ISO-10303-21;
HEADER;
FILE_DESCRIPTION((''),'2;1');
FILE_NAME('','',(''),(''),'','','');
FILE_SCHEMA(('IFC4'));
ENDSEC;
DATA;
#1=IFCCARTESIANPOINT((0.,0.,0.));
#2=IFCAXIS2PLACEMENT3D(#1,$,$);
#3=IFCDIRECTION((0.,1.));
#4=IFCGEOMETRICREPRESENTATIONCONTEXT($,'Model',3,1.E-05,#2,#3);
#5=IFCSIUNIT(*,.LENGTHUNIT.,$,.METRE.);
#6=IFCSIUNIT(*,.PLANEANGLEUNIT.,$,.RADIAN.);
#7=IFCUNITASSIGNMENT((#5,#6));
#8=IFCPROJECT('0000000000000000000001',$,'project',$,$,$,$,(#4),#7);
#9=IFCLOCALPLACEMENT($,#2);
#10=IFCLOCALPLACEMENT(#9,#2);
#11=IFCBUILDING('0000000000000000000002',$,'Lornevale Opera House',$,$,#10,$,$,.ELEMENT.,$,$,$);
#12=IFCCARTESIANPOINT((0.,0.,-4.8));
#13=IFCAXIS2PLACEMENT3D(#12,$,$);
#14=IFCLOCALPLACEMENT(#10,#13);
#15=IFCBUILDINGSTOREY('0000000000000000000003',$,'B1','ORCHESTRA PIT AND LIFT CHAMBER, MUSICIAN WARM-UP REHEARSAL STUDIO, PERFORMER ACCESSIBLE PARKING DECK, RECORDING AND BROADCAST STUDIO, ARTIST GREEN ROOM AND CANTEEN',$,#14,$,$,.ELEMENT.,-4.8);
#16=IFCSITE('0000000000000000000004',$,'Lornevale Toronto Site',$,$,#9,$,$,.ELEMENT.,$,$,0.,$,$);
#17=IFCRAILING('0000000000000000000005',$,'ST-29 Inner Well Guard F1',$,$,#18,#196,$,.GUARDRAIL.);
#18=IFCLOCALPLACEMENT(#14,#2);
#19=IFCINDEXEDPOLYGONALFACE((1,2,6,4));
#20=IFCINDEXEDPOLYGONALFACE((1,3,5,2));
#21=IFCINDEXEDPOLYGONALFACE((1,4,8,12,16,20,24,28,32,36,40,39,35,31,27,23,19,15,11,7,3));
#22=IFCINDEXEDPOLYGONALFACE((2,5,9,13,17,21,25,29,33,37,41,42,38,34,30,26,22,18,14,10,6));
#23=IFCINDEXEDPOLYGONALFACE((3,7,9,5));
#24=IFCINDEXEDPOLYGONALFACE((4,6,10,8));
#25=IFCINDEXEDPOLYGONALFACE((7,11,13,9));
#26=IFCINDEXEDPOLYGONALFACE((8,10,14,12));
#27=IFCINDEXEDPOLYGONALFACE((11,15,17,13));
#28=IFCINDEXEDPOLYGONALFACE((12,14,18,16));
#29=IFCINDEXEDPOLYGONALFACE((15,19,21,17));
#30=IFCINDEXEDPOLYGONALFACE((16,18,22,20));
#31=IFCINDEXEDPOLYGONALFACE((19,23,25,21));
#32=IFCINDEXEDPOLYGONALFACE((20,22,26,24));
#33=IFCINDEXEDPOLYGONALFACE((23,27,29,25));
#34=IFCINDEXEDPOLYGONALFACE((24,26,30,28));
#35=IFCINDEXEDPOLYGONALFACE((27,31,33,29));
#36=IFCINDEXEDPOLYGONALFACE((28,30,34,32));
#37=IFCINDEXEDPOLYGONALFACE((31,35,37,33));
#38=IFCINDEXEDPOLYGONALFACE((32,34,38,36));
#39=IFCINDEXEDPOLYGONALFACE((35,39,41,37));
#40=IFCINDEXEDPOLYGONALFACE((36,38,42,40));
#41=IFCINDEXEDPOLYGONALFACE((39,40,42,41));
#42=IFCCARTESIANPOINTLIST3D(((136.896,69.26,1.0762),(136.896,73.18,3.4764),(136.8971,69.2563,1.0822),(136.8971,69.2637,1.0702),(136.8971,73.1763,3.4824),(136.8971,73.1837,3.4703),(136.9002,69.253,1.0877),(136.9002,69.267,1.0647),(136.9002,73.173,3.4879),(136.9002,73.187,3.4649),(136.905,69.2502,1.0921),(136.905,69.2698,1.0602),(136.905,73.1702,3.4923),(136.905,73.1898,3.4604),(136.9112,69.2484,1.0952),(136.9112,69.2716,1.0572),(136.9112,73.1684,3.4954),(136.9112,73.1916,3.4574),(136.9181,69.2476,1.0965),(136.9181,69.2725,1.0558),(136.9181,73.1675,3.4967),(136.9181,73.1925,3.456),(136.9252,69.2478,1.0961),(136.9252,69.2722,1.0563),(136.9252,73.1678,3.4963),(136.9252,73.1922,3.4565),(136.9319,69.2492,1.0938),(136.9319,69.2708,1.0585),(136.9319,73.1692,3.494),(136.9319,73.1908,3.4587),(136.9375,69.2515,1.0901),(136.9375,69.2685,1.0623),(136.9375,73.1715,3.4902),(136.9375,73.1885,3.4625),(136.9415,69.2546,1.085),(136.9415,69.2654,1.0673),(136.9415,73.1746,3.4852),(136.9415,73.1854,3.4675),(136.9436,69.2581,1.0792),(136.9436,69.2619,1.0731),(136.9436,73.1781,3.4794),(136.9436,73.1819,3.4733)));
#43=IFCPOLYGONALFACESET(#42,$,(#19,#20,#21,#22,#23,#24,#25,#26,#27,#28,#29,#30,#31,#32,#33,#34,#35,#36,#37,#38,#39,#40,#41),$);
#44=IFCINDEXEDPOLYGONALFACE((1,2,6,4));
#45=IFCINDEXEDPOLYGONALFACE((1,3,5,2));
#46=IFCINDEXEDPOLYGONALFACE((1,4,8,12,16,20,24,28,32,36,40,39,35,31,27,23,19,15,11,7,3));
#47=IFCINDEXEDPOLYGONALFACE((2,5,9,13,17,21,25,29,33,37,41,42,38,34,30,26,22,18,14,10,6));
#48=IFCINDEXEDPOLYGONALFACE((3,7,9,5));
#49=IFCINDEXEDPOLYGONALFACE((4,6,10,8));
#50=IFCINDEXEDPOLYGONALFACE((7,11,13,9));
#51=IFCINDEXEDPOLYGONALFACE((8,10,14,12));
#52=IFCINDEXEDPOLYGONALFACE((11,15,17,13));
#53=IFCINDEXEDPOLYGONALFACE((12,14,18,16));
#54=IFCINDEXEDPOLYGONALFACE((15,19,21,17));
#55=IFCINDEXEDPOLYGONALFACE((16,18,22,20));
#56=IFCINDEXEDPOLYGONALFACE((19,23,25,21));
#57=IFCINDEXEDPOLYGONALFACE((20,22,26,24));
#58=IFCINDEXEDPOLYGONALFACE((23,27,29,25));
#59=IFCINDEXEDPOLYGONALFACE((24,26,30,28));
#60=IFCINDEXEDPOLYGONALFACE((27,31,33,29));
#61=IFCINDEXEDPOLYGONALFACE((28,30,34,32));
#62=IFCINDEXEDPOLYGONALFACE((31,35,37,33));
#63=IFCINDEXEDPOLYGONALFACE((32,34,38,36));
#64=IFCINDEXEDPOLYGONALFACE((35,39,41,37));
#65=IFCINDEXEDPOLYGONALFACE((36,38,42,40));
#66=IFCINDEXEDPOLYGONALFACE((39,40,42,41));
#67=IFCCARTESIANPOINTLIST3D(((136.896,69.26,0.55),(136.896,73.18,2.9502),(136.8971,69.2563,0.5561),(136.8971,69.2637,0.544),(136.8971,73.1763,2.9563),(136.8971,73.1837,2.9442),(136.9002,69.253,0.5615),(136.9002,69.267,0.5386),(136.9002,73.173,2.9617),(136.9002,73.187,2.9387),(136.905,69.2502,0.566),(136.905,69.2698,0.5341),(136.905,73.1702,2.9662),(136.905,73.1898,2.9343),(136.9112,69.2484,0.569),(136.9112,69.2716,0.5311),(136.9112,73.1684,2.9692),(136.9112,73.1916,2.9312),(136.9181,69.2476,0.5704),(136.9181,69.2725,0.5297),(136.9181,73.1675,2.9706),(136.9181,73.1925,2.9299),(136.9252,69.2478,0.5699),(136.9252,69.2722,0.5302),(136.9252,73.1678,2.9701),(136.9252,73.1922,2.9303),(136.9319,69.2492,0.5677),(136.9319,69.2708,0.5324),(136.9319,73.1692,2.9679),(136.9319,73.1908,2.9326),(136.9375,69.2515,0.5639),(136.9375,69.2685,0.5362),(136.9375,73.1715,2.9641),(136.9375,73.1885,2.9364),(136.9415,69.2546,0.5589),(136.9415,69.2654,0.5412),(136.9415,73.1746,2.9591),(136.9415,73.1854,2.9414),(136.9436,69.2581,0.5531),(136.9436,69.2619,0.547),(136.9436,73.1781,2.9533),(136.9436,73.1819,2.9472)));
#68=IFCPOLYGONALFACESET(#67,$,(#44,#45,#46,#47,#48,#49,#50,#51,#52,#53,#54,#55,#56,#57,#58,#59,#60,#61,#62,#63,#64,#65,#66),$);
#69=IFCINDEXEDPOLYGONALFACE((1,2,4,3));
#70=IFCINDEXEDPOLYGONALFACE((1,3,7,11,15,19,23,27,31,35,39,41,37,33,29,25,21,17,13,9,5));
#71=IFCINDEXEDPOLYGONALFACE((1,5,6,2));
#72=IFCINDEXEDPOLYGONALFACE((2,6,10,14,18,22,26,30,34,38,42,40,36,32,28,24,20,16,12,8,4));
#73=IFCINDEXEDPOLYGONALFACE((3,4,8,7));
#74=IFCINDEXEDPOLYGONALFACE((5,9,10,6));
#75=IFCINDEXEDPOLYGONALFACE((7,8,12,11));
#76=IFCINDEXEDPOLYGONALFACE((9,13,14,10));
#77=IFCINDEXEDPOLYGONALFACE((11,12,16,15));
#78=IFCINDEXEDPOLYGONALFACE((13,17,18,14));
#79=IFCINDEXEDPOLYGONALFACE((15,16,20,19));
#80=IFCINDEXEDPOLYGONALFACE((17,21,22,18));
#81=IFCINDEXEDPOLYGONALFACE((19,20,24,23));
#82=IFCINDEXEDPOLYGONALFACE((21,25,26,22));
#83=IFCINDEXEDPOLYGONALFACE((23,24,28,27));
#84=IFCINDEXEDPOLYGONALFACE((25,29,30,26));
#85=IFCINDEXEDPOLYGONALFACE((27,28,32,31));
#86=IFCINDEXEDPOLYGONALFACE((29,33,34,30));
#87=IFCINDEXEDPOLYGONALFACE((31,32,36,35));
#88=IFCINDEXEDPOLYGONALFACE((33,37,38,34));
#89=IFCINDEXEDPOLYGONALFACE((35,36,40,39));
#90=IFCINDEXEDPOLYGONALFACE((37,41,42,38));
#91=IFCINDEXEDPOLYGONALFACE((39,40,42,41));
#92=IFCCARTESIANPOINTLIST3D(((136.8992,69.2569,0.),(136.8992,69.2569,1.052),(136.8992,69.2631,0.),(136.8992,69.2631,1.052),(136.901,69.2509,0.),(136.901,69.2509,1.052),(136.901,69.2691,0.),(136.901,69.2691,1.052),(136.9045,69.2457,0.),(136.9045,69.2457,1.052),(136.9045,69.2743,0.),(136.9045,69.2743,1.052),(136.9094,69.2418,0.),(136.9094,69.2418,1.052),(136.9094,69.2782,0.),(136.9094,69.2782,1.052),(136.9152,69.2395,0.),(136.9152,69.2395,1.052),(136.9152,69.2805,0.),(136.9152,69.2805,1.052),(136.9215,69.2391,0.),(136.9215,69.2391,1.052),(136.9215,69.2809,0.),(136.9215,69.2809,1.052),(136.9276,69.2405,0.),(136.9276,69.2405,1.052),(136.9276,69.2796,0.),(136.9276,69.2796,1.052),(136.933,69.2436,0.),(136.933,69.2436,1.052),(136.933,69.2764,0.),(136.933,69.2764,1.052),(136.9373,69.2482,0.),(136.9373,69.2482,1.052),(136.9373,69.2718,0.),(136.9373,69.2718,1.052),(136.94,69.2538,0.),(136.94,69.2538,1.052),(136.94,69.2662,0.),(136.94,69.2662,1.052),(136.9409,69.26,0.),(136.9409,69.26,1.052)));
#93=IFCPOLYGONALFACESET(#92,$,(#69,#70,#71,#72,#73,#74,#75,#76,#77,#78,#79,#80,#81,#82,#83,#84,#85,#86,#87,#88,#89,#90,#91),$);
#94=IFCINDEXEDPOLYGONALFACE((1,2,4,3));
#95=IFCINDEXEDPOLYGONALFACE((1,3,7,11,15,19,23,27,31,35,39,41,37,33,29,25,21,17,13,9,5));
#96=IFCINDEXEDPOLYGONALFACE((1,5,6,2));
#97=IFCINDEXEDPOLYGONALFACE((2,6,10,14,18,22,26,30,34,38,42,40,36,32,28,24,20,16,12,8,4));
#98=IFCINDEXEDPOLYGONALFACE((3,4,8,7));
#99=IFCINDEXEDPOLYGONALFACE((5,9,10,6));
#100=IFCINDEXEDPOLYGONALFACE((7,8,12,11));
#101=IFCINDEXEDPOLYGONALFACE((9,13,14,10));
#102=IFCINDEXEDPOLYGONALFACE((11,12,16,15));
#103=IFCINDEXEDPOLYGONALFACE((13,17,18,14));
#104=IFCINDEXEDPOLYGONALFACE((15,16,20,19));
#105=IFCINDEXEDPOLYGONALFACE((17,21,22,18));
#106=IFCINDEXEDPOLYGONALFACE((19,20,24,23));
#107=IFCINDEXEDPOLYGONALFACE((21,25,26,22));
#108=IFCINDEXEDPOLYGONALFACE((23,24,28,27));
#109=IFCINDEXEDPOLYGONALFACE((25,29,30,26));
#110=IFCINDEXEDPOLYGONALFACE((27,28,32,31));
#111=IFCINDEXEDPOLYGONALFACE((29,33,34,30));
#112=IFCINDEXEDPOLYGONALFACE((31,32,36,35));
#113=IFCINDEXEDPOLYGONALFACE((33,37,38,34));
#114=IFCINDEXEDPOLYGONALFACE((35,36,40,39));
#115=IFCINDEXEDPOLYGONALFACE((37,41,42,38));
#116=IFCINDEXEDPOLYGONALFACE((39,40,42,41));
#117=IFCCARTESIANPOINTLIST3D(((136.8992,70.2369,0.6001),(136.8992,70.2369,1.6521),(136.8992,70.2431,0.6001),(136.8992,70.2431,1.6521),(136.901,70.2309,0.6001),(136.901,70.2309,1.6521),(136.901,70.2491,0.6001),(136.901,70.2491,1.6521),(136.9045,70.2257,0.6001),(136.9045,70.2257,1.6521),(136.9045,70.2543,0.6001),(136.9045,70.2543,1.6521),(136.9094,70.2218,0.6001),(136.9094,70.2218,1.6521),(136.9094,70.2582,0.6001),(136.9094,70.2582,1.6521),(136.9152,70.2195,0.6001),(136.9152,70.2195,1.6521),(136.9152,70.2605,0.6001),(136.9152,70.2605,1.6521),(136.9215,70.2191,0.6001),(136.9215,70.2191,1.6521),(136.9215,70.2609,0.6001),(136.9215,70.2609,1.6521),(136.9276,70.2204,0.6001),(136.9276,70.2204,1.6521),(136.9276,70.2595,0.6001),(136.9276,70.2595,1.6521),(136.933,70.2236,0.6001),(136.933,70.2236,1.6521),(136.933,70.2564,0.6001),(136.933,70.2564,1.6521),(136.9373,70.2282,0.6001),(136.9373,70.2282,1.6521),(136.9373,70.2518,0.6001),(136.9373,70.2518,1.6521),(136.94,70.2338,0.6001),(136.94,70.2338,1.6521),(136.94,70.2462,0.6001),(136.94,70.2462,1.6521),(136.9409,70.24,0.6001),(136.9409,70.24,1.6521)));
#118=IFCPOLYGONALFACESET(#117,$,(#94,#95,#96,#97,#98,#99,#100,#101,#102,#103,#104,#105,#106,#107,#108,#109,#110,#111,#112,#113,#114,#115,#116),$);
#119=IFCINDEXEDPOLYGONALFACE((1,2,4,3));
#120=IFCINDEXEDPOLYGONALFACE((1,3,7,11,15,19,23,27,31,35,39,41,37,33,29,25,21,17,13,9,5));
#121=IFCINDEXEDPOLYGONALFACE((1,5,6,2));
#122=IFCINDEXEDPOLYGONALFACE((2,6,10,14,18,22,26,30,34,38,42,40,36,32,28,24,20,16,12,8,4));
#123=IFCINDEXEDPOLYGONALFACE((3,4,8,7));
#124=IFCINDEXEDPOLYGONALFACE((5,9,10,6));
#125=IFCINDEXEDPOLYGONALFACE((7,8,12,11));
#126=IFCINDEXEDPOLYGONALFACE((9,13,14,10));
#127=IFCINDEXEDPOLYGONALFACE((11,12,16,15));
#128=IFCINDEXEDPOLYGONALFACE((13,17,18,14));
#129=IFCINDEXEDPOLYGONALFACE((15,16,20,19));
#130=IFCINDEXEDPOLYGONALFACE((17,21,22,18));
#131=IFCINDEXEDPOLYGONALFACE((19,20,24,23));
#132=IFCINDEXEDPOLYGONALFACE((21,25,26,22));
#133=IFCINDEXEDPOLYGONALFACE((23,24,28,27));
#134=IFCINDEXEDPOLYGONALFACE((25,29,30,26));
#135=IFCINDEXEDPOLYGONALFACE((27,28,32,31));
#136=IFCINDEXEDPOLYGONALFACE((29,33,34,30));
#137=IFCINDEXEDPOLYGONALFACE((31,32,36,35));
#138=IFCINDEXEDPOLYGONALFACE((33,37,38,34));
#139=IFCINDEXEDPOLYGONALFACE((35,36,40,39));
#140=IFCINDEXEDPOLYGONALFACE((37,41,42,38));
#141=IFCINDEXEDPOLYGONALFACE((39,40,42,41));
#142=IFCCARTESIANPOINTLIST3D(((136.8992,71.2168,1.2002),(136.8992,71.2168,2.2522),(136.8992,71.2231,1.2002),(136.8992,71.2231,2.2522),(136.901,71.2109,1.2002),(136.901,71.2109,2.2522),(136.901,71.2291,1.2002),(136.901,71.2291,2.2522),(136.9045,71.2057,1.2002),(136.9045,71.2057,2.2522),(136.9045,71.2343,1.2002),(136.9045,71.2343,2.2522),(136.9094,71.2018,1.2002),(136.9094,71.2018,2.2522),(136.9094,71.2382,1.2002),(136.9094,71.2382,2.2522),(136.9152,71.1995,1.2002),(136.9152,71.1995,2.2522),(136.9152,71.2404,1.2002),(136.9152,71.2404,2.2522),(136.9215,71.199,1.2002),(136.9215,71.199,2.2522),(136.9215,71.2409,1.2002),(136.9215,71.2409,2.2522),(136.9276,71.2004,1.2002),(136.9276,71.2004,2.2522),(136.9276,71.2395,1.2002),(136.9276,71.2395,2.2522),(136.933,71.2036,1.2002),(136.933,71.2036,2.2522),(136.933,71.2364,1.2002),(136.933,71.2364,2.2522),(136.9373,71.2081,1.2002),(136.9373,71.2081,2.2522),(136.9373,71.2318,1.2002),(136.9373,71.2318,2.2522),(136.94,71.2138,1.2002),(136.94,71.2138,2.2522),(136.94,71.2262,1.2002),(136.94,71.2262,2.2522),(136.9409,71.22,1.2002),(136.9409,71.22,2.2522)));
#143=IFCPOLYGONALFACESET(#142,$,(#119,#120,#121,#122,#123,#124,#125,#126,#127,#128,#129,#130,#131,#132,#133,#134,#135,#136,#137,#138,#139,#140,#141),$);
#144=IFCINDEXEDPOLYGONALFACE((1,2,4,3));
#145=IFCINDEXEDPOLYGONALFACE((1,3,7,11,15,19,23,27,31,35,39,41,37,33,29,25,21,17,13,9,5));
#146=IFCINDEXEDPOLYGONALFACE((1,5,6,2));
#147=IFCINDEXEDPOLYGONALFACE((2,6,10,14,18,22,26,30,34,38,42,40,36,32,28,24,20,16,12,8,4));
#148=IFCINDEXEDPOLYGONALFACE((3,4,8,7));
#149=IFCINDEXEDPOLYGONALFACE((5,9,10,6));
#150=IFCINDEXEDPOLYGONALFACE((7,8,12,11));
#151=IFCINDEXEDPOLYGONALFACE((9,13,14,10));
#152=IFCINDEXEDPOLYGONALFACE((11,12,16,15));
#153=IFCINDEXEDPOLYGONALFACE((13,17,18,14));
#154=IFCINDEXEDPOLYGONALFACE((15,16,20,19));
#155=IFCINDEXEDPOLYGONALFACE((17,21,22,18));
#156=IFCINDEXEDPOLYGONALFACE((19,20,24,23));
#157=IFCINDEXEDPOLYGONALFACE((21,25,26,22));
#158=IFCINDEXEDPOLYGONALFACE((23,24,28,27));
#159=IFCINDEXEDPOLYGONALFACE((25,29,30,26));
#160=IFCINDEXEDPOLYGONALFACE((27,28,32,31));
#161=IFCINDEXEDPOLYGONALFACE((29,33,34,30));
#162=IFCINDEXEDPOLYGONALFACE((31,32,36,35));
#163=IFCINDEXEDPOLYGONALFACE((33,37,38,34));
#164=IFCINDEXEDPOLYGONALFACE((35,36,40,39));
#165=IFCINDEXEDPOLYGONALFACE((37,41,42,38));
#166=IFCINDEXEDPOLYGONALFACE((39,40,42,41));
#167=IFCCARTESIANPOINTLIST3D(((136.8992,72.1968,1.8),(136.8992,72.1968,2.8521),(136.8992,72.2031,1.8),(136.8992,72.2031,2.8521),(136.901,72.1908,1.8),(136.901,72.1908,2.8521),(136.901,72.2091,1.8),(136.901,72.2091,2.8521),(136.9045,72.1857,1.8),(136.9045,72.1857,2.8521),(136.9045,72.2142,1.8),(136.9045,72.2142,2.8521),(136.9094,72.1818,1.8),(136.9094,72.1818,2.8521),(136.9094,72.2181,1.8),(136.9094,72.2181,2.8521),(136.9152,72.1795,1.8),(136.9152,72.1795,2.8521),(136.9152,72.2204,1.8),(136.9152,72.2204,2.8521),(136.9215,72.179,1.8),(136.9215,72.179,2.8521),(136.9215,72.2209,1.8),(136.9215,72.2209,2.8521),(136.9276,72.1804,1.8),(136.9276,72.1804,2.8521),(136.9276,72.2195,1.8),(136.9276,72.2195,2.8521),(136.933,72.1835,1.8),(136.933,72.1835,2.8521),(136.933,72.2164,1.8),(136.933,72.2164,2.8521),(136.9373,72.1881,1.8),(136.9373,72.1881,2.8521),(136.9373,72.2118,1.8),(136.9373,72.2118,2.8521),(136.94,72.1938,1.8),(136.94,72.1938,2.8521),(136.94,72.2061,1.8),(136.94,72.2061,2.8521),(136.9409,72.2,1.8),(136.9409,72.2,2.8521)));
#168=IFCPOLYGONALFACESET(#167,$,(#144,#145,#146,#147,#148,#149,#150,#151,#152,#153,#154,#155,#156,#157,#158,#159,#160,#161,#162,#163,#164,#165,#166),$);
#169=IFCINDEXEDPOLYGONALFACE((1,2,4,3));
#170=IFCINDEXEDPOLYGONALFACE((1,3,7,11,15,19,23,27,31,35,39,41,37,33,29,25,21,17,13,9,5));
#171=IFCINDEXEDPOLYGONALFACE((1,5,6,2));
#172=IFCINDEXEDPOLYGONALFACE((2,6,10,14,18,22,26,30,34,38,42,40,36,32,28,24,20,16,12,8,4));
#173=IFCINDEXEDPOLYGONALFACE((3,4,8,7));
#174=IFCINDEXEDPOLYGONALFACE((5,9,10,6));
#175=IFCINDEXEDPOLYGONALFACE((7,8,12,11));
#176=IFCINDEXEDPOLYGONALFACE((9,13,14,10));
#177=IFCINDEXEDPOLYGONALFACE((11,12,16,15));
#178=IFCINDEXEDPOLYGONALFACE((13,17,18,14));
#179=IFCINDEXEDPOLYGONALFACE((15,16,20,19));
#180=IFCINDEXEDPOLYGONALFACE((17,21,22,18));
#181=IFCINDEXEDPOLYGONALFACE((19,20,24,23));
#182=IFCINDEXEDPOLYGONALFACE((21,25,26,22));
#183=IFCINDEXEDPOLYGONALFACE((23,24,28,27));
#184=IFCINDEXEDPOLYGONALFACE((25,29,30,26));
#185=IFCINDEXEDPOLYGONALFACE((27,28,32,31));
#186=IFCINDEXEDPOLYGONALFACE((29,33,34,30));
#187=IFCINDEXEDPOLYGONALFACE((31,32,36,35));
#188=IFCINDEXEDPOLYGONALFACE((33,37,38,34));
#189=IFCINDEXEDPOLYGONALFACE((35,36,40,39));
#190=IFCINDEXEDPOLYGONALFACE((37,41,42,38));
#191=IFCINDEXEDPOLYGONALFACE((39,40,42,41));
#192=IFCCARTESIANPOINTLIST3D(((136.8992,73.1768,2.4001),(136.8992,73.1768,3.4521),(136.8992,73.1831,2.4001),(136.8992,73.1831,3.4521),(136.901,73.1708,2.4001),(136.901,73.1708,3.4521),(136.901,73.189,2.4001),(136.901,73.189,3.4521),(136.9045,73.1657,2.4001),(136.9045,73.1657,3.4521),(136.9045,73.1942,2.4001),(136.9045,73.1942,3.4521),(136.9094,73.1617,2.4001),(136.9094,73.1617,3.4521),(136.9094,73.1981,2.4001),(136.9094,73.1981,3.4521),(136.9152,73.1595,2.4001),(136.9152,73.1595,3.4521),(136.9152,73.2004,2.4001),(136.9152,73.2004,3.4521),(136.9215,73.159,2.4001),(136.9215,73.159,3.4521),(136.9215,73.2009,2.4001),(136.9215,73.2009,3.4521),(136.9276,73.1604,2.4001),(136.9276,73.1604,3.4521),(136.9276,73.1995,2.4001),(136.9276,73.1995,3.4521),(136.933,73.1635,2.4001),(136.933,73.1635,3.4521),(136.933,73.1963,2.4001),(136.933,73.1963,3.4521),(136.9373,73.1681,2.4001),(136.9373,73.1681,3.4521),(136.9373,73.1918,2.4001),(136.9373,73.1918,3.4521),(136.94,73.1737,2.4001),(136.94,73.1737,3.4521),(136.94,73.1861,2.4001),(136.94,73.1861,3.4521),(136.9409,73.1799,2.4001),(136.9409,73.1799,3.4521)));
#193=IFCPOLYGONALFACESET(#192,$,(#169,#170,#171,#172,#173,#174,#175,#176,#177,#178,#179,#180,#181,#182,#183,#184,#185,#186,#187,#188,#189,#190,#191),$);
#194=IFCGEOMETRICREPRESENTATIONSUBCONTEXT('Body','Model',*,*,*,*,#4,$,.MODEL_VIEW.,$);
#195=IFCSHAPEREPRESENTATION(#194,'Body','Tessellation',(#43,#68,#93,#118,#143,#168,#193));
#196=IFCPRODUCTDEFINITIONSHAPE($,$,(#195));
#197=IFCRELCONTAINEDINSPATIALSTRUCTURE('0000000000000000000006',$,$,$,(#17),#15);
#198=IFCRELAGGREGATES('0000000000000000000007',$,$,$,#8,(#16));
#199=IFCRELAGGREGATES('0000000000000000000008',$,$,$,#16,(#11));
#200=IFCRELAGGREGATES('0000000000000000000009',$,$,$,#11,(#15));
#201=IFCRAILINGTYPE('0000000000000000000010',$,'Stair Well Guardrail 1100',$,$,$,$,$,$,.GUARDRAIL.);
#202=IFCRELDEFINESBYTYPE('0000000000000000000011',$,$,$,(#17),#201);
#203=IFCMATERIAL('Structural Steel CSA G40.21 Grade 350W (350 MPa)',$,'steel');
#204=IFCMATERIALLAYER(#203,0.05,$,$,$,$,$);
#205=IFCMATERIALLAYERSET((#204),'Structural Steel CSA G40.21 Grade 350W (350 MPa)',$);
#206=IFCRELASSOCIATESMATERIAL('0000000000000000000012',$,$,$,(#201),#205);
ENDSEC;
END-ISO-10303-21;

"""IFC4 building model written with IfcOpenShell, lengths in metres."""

from ifc_helpers import new_model, si_unit, direction, frame, origin, origin_2d, place, context, subcontext, project, spatial, circle, extrude, material, layer, layer_set, type_object, element, save


model = new_model("IFC4")

# Units and contexts
model_context = context("Model", 3, precision=1e-05, world=origin(), true_north=direction((0.0, 1.0)))
body_context = subcontext(model_context, "Body", "Model", "MODEL_VIEW")
ifc_project = project(units=[si_unit("LENGTHUNIT", "METRE"), si_unit("PLANEANGLEUNIT", "RADIAN")], contexts=[model_context])

# Site, building, storey
site_placement = place(None, origin())
site = spatial("IfcSite", under=ifc_project, at=site_placement, Name="Lornevale Toronto Site", CompositionType="ELEMENT", RefElevation=0.0)
building_placement = place(site_placement, origin())
building = spatial("IfcBuilding", under=site, at=building_placement, Name="Lornevale Opera House", CompositionType="ELEMENT")
storey_placement = place(building_placement, frame((0.0, 0.0, -4.8)))
storey = spatial("IfcBuildingStorey", under=building, at=storey_placement, Name="B1", Description="ORCHESTRA PIT AND LIFT CHAMBER, MUSICIAN WARM-UP REHEARSAL STUDIO, PERFORMER ACCESSIBLE PARKING DECK, RECORDING AND BROADCAST STUDIO, ARTIST GREEN ROOM AND CANTEEN", CompositionType="ELEMENT", Elevation=-4.8)

# Railing
ifc_material_1 = material(Name="Structural Steel CSA G40.21 Grade 350W (350 MPa)", Category="steel")
ifc_layer_1 = layer(ifc_material_1, 0.05)
ifc_layer_set_1 = layer_set([ifc_layer_1], Name="Structural Steel CSA G40.21 Grade 350W (350 MPa)")
railing_type_1 = type_object("IfcRailingType", Name="Stair Well Guardrail 1100", PredefinedType="GUARDRAIL", material=ifc_layer_set_1)
railing_1_placement = place(storey_placement, frame((136.9199, 69.26, 0.0)))
element("IfcRailing", 1, at=railing_1_placement, inside=storey, type_object=railing_type_1, Name="ST-29 Inner Well Guard F1", PredefinedType="GUARDRAIL", context=body_context, shape_type="SweptSolid", body=[
    extrude(circle(Radius=0.0239, at=origin_2d()), frame((0.0, 0.0, 1.0762), z_axis=(0.0, 0.852832, 0.522185), x_axis=(-1.0, 0.0, 0.0)), (0.0, 0.0, 1.0), 4.5964),
    extrude(circle(Radius=0.0239, at=origin_2d()), frame((0.0, 0.0, 0.55), z_axis=(0.0, 0.852832, 0.522185), x_axis=(-1.0, 0.0, 0.0)), (0.0, 0.0, 1.0), 4.5964),
    extrude(circle(Radius=0.021, at=origin_2d()), origin(), (0.0, 0.0, 1.0), 1.052),
    extrude(circle(Radius=0.021, at=origin_2d()), frame((0.0, 0.98, 0.6001)), (0.0, 0.0, 1.0), 1.052),
    extrude(circle(Radius=0.021, at=origin_2d()), frame((0.0, 1.96, 1.2002)), (0.0, 0.0, 1.0), 1.052),
    extrude(circle(Radius=0.021, at=origin_2d()), frame((0.0, 2.9399, 1.8)), (0.0, 0.0, 1.0), 1.052),
    extrude(circle(Radius=0.021, at=origin_2d()), frame((0.0, 3.9199, 2.4001)), (0.0, 0.0, 1.0), 1.052),
])

save(model, "model.ifc")
